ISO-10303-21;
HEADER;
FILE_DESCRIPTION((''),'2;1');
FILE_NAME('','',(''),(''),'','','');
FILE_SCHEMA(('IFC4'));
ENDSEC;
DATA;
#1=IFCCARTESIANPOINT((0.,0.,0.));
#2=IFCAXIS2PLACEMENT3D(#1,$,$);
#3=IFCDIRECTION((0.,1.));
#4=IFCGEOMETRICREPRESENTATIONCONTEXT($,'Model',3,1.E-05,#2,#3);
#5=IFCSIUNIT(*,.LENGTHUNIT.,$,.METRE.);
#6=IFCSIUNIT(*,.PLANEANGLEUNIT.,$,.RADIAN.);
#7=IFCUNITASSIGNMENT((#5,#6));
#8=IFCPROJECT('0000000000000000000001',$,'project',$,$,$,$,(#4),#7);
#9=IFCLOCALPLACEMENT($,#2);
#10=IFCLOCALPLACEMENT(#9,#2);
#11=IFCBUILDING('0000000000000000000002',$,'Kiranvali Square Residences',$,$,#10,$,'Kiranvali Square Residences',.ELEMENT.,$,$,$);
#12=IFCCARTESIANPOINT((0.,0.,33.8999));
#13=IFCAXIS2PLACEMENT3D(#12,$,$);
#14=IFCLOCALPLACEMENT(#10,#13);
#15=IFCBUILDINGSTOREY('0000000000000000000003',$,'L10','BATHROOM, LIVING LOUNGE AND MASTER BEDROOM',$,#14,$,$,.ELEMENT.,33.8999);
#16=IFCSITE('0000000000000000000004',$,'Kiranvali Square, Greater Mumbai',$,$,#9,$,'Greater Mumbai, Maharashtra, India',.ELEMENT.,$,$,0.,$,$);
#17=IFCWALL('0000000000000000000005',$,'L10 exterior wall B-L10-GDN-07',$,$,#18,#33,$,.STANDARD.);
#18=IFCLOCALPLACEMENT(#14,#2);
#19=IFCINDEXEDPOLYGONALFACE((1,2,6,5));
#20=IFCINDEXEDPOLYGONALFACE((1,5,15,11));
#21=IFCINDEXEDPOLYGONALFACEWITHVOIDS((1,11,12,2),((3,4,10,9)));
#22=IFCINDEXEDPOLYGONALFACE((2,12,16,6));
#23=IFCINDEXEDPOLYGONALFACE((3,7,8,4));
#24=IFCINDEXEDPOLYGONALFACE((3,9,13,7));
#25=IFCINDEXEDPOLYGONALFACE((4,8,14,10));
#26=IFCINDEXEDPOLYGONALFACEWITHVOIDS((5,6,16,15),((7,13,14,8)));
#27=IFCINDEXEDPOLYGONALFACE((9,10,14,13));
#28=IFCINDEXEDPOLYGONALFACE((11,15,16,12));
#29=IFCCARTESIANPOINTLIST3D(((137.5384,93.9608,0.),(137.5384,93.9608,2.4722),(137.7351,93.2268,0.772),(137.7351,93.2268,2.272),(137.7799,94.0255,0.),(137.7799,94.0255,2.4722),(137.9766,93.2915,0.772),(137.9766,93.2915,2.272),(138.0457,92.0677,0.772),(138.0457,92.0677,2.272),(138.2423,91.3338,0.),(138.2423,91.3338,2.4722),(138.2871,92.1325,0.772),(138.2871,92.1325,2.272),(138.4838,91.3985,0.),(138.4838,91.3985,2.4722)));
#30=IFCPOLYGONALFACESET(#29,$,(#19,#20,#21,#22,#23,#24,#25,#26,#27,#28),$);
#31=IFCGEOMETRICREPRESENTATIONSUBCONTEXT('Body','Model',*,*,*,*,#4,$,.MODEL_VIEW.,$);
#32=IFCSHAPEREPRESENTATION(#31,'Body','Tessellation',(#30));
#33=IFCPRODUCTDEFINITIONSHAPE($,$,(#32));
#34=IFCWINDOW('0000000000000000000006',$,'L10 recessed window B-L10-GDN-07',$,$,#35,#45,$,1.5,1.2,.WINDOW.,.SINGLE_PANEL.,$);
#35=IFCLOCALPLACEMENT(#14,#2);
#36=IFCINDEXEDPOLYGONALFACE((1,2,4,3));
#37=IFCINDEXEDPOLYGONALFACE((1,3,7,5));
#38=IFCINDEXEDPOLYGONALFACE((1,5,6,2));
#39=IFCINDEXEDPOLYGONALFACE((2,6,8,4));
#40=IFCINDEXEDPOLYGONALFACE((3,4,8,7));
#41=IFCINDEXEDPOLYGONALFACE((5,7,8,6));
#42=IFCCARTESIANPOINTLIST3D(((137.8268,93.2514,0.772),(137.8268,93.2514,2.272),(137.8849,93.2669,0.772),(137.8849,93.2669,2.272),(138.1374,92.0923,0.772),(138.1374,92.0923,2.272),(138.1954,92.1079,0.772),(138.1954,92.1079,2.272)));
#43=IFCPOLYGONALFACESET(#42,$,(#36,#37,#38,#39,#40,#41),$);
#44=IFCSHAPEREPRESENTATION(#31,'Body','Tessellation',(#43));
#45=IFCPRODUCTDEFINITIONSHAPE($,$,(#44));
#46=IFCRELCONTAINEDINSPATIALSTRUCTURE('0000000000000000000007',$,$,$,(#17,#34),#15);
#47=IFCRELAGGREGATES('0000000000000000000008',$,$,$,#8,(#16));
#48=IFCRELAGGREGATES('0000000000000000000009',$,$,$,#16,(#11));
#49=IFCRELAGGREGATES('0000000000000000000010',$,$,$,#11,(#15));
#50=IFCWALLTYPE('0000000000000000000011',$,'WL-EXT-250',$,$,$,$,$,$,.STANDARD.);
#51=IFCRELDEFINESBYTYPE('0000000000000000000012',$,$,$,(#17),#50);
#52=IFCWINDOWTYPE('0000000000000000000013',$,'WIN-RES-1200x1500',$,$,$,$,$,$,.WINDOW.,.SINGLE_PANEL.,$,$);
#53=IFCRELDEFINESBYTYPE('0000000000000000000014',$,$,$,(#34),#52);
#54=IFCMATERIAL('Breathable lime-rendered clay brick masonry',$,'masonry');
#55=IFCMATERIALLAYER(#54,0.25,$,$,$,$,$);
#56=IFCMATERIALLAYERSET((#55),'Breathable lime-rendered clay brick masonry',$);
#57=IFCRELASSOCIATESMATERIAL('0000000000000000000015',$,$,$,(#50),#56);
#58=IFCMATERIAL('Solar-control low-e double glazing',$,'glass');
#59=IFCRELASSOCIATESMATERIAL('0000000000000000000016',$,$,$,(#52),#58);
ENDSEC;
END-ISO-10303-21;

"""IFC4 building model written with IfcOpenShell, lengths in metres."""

from ifc_helpers import new_model, si_unit, direction, frame, frame_2d, origin, place, context, subcontext, project, spatial, rectangle, extrude, material, layer, layer_set, type_object, element, fill, save


model = new_model("IFC4")

# Units and contexts
model_context = context("Model", 3, precision=1e-05, world=origin(), true_north=direction((0.0, 1.0)))
body_context = subcontext(model_context, "Body", "Model", "MODEL_VIEW")
ifc_project = project(units=[si_unit("LENGTHUNIT", "METRE"), si_unit("PLANEANGLEUNIT", "RADIAN")], contexts=[model_context])

# Site, building, storey
site_placement = place(None, origin())
site = spatial("IfcSite", under=ifc_project, at=site_placement, Name="Kiranvali Square, Greater Mumbai", LongName="Greater Mumbai, Maharashtra, India", CompositionType="ELEMENT", RefElevation=0.0)
building_placement = place(site_placement, origin())
building = spatial("IfcBuilding", under=site, at=building_placement, Name="Kiranvali Square Residences", LongName="Kiranvali Square Residences", CompositionType="ELEMENT")
storey_placement = place(building_placement, frame((0.0, 0.0, 33.8999)))
storey = spatial("IfcBuildingStorey", under=building, at=storey_placement, Name="L10", Description="BATHROOM, LIVING LOUNGE AND MASTER BEDROOM", CompositionType="ELEMENT", Elevation=33.8999)

# Shared definitions
ifc_material_1 = material(Name="Breathable lime-rendered clay brick masonry", Category="masonry")
ifc_layer_1 = layer(ifc_material_1, 0.25)
ifc_layer_set_1 = layer_set([ifc_layer_1], Name="Breathable lime-rendered clay brick masonry")
wall_type = type_object("IfcWallType", Name="WL-EXT-250", PredefinedType="STANDARD", material=ifc_layer_set_1)

# Wall, opening, window
ifc_material_2 = material(Name="Solar-control low-e double glazing", Category="glass")
wall_1_placement = place(storey_placement, frame((137.6592, 93.9932, 0.0), z_axis=(0.0, 0.0, 1.0), x_axis=(0.258808, -0.965929, 0.0)))
wall_1 = element("IfcWall", 1, at=wall_1_placement, inside=storey, type_object=wall_type, Name="L10 exterior wall B-L10-GDN-07", PredefinedType="STANDARD", context=body_context, shape_type="SweptSolid", body=[
    extrude(rectangle(XDim=2.7197, YDim=0.25, at=frame_2d((1.3599, 0.0))), origin(), (0.0, 0.0, 1.0), 2.4722),
])
opening_1_placement = place(wall_1_placement, frame((0.7598, 0.0, 0.772)))
opening_1 = element("IfcOpeningElement", 2, at=opening_1_placement, cuts=wall_1, PredefinedType="OPENING", context=body_context, shape_type="SweptSolid", body=[
    extrude(rectangle(XDim=1.2, YDim=1.5, at=frame_2d((0.6001, 0.75))), frame((0.0, 0.135, 0.0), z_axis=(0.0, -1.0, 0.0), x_axis=(1.0, 0.0, 0.0)), (0.0, 0.0, 1.0), 0.27),
])
window_type_1 = type_object("IfcWindowType", Name="WIN-RES-1200x1500", PartitioningType="SINGLE_PANEL", PredefinedType="WINDOW", material=ifc_material_2)
window_1_placement = place(opening_1_placement, origin())
window_1 = element("IfcWindow", 3, at=window_1_placement, inside=storey, type_object=window_type_1, Name="L10 recessed window B-L10-GDN-07", OverallHeight=1.5, OverallWidth=1.2, PartitioningType="SINGLE_PANEL", PredefinedType="WINDOW", context=body_context, shape_type="SweptSolid", body=[
    extrude(rectangle(XDim=1.2, YDim=1.5, at=frame_2d((0.6001, 0.75))), frame((0.0, 0.03, 0.0), z_axis=(0.0, -1.0, 0.0), x_axis=(1.0, 0.0, 0.0)), (0.0, 0.0, 1.0), 0.0601),
])
fill(opening_1, window_1)

save(model, "model.ifc")
